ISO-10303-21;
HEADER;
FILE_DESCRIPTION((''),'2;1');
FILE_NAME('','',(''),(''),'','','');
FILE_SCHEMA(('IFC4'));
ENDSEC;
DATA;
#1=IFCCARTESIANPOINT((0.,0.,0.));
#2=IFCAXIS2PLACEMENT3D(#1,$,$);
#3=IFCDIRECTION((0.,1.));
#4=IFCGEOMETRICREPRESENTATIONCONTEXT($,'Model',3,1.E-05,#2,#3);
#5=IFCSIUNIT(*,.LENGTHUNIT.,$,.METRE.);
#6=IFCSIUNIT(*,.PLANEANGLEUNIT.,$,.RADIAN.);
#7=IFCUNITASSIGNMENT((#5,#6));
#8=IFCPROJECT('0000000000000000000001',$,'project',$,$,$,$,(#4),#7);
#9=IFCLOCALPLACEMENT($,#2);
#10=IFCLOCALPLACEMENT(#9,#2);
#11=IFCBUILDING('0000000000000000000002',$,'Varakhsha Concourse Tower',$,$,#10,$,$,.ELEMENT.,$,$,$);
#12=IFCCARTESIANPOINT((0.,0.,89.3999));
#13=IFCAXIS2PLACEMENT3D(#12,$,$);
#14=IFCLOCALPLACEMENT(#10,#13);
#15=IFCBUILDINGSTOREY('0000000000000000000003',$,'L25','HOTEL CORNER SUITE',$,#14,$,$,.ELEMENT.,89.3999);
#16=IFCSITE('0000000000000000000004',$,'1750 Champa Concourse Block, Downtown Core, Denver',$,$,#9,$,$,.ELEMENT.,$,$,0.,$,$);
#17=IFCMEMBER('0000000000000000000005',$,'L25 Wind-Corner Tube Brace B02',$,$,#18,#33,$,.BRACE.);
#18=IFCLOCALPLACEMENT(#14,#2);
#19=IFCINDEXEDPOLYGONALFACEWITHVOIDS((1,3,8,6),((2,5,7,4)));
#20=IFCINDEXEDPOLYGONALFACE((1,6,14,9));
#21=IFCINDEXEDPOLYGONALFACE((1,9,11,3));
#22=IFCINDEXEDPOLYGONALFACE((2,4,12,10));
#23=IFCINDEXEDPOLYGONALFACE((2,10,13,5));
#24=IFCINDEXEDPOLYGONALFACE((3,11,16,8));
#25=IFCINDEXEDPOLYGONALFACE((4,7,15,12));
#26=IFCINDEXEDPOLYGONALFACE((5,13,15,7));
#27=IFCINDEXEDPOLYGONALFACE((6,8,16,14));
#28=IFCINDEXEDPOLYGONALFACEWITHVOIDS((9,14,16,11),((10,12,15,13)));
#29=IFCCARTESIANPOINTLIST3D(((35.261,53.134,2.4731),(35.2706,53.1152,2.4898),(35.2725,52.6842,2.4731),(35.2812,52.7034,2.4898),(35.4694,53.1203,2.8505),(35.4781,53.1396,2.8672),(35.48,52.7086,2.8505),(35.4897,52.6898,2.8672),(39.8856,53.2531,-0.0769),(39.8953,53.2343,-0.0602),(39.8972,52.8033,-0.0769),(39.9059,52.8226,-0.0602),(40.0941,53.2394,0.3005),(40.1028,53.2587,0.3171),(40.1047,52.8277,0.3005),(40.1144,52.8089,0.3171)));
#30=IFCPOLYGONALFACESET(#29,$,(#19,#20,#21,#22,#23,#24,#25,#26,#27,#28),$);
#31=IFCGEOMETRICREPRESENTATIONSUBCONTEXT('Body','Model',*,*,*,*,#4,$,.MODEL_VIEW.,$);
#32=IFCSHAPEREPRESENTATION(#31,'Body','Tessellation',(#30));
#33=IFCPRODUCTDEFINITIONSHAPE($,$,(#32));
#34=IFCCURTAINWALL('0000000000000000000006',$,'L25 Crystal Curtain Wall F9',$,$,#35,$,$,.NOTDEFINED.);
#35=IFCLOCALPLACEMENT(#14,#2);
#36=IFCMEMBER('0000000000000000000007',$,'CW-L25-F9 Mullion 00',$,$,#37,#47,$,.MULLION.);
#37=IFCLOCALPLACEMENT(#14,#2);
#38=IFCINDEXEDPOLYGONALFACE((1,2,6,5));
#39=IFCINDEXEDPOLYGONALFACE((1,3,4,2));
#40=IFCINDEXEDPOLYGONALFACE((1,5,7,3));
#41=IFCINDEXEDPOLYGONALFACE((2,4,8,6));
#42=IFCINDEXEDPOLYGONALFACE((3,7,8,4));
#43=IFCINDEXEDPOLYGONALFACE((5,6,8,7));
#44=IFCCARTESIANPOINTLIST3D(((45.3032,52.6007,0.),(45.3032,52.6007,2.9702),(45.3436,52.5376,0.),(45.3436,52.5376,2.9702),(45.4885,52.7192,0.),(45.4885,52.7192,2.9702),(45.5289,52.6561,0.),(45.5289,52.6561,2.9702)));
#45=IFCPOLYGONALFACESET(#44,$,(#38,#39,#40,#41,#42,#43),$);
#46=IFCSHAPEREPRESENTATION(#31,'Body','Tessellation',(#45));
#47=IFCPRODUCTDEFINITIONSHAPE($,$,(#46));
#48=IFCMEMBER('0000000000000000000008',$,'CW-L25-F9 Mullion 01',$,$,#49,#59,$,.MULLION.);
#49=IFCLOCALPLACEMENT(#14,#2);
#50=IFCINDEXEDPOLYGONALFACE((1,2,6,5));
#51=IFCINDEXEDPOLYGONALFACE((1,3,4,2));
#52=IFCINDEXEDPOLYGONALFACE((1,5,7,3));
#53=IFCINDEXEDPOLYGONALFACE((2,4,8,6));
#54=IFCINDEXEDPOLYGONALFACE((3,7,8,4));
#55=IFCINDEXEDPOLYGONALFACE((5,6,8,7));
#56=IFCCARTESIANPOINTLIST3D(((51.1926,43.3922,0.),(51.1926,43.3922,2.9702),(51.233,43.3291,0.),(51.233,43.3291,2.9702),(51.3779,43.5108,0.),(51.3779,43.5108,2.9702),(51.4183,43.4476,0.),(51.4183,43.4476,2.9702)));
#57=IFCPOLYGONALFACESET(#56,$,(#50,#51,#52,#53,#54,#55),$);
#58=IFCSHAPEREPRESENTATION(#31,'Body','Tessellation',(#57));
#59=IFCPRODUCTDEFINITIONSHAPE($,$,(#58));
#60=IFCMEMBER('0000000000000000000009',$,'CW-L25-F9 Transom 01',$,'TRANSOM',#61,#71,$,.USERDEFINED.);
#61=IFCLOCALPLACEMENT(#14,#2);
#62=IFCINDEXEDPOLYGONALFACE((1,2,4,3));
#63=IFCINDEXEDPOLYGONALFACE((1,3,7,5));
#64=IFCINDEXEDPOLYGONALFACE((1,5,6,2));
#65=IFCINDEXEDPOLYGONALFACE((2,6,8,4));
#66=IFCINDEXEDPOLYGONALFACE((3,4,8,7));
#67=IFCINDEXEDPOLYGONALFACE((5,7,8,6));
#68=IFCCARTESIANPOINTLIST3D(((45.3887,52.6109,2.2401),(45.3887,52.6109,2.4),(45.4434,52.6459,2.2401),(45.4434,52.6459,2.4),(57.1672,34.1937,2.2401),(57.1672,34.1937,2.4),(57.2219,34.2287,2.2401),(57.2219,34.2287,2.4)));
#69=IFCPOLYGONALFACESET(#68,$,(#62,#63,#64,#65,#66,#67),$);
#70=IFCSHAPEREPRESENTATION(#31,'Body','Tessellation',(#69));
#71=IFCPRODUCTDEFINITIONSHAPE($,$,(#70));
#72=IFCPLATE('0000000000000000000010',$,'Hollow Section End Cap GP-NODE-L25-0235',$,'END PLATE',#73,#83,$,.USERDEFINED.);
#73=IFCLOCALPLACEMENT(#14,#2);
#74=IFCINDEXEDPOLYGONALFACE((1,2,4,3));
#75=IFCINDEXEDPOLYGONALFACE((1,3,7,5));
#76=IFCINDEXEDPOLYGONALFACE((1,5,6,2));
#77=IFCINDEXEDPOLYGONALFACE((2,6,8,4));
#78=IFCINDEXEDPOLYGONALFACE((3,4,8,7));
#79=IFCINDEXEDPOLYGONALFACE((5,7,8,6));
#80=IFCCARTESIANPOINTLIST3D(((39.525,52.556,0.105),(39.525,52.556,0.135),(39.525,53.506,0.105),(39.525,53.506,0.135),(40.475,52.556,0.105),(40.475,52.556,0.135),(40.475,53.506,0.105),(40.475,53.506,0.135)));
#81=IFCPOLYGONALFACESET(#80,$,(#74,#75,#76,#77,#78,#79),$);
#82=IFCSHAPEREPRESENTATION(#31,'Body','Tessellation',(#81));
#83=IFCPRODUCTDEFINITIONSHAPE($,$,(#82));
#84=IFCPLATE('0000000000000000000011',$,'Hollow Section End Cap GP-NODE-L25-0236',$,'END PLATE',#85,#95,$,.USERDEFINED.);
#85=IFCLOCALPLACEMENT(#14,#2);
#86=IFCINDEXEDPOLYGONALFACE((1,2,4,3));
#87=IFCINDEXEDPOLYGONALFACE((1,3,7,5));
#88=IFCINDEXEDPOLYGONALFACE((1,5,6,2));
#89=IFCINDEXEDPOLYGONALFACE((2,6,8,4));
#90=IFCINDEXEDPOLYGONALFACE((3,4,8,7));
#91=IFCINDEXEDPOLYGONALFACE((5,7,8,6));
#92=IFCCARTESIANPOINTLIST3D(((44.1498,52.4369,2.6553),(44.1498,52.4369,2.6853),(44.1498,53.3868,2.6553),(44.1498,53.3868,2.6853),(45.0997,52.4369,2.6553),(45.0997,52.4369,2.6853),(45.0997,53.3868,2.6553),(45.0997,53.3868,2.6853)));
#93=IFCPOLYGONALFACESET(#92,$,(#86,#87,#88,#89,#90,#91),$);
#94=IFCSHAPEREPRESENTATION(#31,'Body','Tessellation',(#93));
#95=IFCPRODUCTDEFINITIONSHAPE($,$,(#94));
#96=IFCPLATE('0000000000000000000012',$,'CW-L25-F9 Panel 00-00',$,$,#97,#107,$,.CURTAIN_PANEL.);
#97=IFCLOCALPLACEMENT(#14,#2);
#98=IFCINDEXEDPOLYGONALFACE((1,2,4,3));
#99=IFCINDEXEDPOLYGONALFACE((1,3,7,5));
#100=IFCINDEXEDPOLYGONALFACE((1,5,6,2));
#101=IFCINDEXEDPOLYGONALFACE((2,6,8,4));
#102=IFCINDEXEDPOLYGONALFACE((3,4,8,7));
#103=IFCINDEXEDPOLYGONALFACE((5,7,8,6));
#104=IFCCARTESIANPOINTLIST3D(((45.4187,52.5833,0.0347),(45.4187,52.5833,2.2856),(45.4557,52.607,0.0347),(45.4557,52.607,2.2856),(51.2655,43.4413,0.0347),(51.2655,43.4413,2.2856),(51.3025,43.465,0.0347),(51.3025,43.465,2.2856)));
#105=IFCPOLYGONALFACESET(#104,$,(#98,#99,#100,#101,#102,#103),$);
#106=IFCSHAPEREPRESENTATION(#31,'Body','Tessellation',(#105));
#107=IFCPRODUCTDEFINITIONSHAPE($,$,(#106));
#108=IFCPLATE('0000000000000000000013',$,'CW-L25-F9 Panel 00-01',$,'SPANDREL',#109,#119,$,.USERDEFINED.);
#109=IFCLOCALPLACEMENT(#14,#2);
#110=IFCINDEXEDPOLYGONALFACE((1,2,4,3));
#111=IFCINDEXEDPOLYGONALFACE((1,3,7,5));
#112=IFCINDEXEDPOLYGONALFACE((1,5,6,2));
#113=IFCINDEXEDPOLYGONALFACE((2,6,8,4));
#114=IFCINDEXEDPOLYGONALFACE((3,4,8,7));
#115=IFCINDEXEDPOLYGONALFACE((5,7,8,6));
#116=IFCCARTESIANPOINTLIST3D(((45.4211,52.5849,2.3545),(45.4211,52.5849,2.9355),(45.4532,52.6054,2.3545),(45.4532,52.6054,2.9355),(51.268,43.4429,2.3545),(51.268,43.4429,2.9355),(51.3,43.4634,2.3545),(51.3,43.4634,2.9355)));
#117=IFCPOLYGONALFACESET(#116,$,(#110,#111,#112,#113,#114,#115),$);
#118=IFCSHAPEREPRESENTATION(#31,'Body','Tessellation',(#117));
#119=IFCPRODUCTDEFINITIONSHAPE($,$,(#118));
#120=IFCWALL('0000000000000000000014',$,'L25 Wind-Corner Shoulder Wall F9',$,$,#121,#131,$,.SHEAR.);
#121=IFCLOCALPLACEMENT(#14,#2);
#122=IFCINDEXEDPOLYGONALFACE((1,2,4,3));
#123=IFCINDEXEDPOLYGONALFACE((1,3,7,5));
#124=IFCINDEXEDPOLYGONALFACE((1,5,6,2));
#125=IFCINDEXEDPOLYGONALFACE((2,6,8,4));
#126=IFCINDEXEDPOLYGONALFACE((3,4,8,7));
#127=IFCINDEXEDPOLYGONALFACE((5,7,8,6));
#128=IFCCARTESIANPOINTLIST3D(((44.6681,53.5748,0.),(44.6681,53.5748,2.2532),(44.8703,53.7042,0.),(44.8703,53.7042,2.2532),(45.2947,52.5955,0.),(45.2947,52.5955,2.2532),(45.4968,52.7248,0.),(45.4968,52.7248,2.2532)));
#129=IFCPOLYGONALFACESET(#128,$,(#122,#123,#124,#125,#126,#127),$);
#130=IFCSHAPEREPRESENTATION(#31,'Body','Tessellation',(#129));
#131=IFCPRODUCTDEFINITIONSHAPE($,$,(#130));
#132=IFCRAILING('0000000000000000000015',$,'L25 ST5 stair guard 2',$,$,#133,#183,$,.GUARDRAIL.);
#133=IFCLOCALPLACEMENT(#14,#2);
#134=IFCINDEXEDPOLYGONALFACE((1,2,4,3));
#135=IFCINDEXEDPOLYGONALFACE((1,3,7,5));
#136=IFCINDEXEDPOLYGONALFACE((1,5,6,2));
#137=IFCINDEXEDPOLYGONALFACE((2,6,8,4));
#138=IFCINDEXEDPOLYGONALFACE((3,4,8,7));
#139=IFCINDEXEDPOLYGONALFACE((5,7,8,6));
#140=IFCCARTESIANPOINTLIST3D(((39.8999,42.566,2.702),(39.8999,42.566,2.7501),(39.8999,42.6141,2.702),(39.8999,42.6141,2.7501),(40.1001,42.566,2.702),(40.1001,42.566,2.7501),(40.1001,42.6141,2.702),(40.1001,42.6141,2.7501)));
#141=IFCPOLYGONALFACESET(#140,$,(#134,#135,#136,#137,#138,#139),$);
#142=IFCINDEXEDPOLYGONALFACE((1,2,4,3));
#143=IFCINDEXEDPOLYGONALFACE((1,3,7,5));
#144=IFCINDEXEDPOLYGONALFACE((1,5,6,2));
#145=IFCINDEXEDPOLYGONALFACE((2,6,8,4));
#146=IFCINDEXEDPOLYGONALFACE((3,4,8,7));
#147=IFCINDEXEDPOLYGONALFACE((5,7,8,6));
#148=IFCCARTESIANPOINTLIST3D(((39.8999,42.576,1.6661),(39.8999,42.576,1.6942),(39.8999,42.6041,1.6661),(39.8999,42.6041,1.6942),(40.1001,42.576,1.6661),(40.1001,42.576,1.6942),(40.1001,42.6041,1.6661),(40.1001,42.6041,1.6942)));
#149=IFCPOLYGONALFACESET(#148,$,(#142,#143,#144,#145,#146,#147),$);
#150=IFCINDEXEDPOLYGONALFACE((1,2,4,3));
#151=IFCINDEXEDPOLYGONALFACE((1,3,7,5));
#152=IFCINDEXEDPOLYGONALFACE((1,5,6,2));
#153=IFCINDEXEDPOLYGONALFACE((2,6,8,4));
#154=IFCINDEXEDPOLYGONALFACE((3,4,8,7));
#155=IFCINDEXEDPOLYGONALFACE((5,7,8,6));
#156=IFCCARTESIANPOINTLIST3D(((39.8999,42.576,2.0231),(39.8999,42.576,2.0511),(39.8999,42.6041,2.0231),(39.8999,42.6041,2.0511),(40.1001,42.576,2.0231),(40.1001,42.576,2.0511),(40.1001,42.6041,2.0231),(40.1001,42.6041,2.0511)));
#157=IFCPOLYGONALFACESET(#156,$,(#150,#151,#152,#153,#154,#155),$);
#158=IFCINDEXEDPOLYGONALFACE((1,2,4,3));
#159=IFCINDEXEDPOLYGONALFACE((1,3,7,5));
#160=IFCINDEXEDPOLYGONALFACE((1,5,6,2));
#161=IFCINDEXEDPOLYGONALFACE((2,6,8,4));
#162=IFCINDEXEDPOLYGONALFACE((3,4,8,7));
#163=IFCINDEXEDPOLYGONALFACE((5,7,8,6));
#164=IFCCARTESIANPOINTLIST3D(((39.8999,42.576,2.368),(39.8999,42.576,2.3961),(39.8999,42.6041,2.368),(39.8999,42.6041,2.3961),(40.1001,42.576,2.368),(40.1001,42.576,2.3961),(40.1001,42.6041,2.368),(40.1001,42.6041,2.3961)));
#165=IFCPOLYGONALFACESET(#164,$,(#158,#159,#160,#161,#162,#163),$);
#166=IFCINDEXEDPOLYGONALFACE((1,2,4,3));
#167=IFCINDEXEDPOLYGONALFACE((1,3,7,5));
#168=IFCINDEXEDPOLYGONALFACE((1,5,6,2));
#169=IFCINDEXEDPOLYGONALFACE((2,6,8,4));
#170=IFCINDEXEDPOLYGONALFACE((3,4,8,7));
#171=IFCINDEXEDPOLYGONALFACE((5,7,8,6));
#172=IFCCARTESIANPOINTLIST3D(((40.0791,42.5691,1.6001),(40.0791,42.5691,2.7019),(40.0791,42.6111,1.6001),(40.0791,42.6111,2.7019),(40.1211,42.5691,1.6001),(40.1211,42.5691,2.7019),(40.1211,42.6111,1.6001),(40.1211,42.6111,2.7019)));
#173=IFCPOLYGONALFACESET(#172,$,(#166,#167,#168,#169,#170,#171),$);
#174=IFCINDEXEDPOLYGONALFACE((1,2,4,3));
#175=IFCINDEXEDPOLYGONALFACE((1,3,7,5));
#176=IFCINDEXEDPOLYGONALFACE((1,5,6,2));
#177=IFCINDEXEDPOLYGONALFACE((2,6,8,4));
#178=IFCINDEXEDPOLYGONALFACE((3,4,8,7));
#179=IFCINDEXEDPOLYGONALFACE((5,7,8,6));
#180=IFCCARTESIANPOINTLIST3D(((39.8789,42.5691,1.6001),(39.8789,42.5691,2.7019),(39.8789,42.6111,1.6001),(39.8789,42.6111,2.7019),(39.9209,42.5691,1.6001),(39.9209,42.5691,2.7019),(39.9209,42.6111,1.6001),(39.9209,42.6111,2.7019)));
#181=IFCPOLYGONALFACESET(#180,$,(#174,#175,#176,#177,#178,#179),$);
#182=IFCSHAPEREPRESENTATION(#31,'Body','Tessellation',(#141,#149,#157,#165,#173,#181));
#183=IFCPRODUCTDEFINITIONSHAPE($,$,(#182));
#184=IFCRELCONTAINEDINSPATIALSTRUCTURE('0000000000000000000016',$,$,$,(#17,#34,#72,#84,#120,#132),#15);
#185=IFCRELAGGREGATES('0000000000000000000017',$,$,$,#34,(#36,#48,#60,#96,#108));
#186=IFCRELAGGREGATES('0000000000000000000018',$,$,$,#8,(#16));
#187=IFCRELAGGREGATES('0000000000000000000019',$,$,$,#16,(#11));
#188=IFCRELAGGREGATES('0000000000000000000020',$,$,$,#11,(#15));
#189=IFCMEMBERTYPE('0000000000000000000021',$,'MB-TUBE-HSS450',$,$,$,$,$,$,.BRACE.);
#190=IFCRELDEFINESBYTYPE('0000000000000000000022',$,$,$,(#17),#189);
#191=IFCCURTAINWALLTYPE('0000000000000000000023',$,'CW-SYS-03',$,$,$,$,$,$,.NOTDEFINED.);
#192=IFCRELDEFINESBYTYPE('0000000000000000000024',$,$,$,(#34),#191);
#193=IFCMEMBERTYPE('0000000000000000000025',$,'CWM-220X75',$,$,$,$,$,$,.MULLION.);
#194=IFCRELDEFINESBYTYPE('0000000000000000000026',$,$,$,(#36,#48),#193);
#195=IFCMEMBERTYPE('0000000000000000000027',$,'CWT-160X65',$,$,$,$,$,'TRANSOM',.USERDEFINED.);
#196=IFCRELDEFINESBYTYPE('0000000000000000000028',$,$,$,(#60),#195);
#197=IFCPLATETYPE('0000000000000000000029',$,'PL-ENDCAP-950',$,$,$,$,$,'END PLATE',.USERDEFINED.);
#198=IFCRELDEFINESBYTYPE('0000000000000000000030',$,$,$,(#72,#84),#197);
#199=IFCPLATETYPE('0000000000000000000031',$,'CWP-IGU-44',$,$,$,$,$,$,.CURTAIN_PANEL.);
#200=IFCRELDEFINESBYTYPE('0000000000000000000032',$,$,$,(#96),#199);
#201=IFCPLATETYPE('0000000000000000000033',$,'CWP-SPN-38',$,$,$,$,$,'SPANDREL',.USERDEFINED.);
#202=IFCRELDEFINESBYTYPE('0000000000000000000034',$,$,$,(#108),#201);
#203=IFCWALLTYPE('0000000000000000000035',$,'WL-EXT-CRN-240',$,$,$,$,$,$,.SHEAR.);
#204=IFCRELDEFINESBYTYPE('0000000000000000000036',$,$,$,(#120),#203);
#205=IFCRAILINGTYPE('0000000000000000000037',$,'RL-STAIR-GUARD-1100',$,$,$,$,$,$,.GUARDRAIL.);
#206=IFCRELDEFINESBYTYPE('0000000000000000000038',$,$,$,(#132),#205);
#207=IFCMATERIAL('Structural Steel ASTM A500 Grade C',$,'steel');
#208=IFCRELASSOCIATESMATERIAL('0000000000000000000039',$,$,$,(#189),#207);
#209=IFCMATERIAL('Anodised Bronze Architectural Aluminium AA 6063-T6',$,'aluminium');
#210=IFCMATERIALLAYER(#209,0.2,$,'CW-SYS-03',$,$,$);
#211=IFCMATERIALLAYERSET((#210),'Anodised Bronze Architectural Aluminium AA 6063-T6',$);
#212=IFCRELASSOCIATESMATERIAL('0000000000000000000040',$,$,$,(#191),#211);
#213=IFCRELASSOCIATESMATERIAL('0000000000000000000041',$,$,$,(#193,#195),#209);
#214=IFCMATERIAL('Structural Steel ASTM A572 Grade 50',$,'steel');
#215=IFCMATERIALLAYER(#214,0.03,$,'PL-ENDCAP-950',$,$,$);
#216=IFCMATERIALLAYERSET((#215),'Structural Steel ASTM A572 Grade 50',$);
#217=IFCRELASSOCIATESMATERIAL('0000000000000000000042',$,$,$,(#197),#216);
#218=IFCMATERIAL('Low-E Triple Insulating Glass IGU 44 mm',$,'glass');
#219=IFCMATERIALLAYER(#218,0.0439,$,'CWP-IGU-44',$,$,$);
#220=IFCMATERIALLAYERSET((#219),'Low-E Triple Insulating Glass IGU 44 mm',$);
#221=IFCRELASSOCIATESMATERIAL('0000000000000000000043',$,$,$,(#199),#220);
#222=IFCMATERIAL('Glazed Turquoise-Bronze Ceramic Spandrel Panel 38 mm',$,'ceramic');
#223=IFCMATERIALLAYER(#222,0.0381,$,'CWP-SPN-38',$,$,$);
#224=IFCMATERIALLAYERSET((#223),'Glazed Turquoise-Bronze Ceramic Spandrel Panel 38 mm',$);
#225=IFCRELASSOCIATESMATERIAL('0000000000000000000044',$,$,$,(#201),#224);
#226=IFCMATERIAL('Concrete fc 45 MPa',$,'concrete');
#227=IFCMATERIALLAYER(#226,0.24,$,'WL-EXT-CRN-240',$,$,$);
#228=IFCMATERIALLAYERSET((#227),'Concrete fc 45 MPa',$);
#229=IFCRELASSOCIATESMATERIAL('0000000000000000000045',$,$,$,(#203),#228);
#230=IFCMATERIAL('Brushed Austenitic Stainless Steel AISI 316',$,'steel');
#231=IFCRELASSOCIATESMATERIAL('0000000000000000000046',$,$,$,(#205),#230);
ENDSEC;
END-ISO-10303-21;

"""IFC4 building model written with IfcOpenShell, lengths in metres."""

from ifc_helpers import new_model, si_unit, direction, frame, frame_2d, origin, origin_2d, place, context, subcontext, project, spatial, rectangle, hollow_rectangle, extrude, source, transform, mapped, material, layer, layer_set, material_profile, profile_set, type_object, type_shapes, element, aggregate, save


model = new_model("IFC4")

# Units and contexts
model_context = context("Model", 3, precision=1e-05, world=origin(), true_north=direction((0.0, 1.0)))
body_context = subcontext(model_context, "Body", "Model", "MODEL_VIEW")
ifc_project = project(units=[si_unit("LENGTHUNIT", "METRE"), si_unit("PLANEANGLEUNIT", "RADIAN")], contexts=[model_context])

# Site, building, storey
site_placement = place(None, origin())
site = spatial("IfcSite", under=ifc_project, at=site_placement, Name="1750 Champa Concourse Block, Downtown Core, Denver", CompositionType="ELEMENT", RefElevation=0.0)
building_placement = place(site_placement, origin())
building = spatial("IfcBuilding", under=site, at=building_placement, Name="Varakhsha Concourse Tower", CompositionType="ELEMENT")
storey_placement = place(building_placement, frame((0.0, 0.0, 89.3999)))
storey = spatial("IfcBuildingStorey", under=building, at=storey_placement, Name="L25", Description="HOTEL CORNER SUITE", CompositionType="ELEMENT", Elevation=89.3999)

# Shared definitions
ifc_material_1 = material(Name="Structural Steel ASTM A572 Grade 50", Category="steel")

# Member
ifc_material_2 = material(Name="Structural Steel ASTM A500 Grade C", Category="steel")
ifc_material_profile_1 = material_profile(ifc_material_2, hollow_rectangle(XDim=0.45, YDim=0.45, WallThickness=0.019, at=origin_2d()), Name="HSS 450x450x19")
ifc_profile_set_1 = profile_set([ifc_material_profile_1], Name="Structural Steel ASTM A500 Grade C")
member_type_1 = type_object("IfcMemberType", Name="MB-TUBE-HSS450", PredefinedType="BRACE", material=ifc_profile_set_1)
shared_shape_1 = source(origin(), body_context, "Body", "SweptSolid", [
    extrude(hollow_rectangle(XDim=0.45, YDim=0.45, WallThickness=0.019, at=origin_2d()), origin(), (0.0, 0.0, 1.0), 5.2825),
])
type_shapes(member_type_1, [shared_shape_1])
for number, where, z_axis, x_axis, name in (
    (1, (40.0, 53.031, 0.1201), (-0.875478, -0.022554, 0.482731), (0.025753, -0.999668, 0.0), "L25 Wind-Corner Tube Brace B02"),
):
    element("IfcMember", number, at=place(storey_placement, frame(where, z_axis=z_axis, x_axis=x_axis)), inside=storey, type_object=member_type_1, Name=name, PredefinedType="BRACE", context=body_context, shape_type="MappedRepresentation", body=[
        mapped(shared_shape_1, transform((0.0, 0.0, 0.0), scale=1.0)),
    ])

# Curtain wall, members
ifc_material_3 = material(Name="Anodised Bronze Architectural Aluminium AA 6063-T6", Category="aluminium")
ifc_layer_1 = layer(ifc_material_3, 0.2, Name="CW-SYS-03")
ifc_layer_set_1 = layer_set([ifc_layer_1], Name="Anodised Bronze Architectural Aluminium AA 6063-T6")
curtain_wall_type = type_object("IfcCurtainWallType", Name="CW-SYS-03", PredefinedType="NOTDEFINED", material=ifc_layer_set_1)
curtain_wall_placement = place(storey_placement, origin())
curtain_wall = element("IfcCurtainWall", 2, at=curtain_wall_placement, inside=storey, type_object=curtain_wall_type, Name="L25 Crystal Curtain Wall F9", PredefinedType="NOTDEFINED")
ifc_material_profile_2 = material_profile(ifc_material_3, rectangle(XDim=0.075, YDim=0.22, at=origin_2d()), Name="CWM-220X75")
ifc_profile_set_2 = profile_set([ifc_material_profile_2], Name="Anodised Bronze Architectural Aluminium AA 6063-T6")
member_type_2 = type_object("IfcMemberType", Name="CWM-220X75", PredefinedType="MULLION", material=ifc_profile_set_2)
shared_shape_2 = source(origin(), body_context, "Body", "SweptSolid", [
    extrude(rectangle(XDim=0.075, YDim=0.22, at=origin_2d()), origin(), (0.0, 0.0, 1.0), 2.9702),
])
type_shapes(member_type_2, [shared_shape_2])
member_1_placement = place(storey_placement, frame((45.416, 52.6284, 0.0), z_axis=(0.0, 0.0, 1.0), x_axis=(0.538787, -0.842442, 0.0)))
member_1 = element("IfcMember", 3, at=member_1_placement, type_object=member_type_2, Name="CW-L25-F9 Mullion 00", PredefinedType="MULLION", context=body_context, shape_type="MappedRepresentation", body=[
    mapped(shared_shape_2, transform((0.0, 0.0, 0.0), scale=1.0)),
])
member_2_placement = place(storey_placement, frame((51.3054, 43.4199, 0.0), z_axis=(0.0, 0.0, 1.0), x_axis=(0.538787, -0.842442, 0.0)))
member_2 = element("IfcMember", 4, at=member_2_placement, type_object=member_type_2, Name="CW-L25-F9 Mullion 01", PredefinedType="MULLION", context=body_context, shape_type="MappedRepresentation", body=[
    mapped(shared_shape_2, transform((0.0, 0.0, 0.0), scale=1.0)),
])
ifc_material_profile_3 = material_profile(ifc_material_3, rectangle(XDim=0.0649, YDim=0.1599, at=origin_2d()), Name="CWT-160X65")
ifc_profile_set_3 = profile_set([ifc_material_profile_3], Name="Anodised Bronze Architectural Aluminium AA 6063-T6")
member_type_3 = type_object("IfcMemberType", Name="CWT-160X65", ElementType="TRANSOM", PredefinedType="USERDEFINED", material=ifc_profile_set_3)
shared_shape_3 = source(origin(), body_context, "Body", "SweptSolid", [
    extrude(rectangle(XDim=0.0649, YDim=0.1599, at=origin_2d()), origin(), (0.0, 0.0, 1.0), 21.8616),
])
type_shapes(member_type_3, [shared_shape_3])
member_3_placement = place(storey_placement, frame((45.416, 52.6284, 2.3201), z_axis=(0.538779, -0.842447, 0.0), x_axis=(0.842447, 0.538779, 0.0)))
member_3 = element("IfcMember", 5, at=member_3_placement, type_object=member_type_3, Name="CW-L25-F9 Transom 01", ObjectType="TRANSOM", PredefinedType="USERDEFINED", context=body_context, shape_type="MappedRepresentation", body=[
    mapped(shared_shape_3, transform((0.0, 0.0, 0.0), scale=1.0)),
])

# Plates
ifc_layer_2 = layer(ifc_material_1, 0.03, Name="PL-ENDCAP-950")
ifc_layer_set_2 = layer_set([ifc_layer_2], Name="Structural Steel ASTM A572 Grade 50")
plate_type_1 = type_object("IfcPlateType", Name="PL-ENDCAP-950", ElementType="END PLATE", PredefinedType="USERDEFINED", material=ifc_layer_set_2)
shared_shape_4 = source(origin(), body_context, "Body", "SweptSolid", [
    extrude(rectangle(XDim=0.95, YDim=0.95, at=origin_2d()), origin(), (0.0, 0.0, 1.0), 0.03),
])
type_shapes(plate_type_1, [shared_shape_4])
for number, where, z_axis, x_axis, name in (
    (6, (40.0, 53.031, 0.105), (0.0, 0.0, 1.0), (1.0, 0.0, 0.0), "Hollow Section End Cap GP-NODE-L25-0235"),
    (7, (44.6248, 52.9119, 2.6553), (0.0, 0.0, 1.0), (1.0, 0.0, 0.0), "Hollow Section End Cap GP-NODE-L25-0236"),
):
    element("IfcPlate", number, at=place(storey_placement, frame(where, z_axis=z_axis, x_axis=x_axis)), inside=storey, type_object=plate_type_1, Name=name, ObjectType="END PLATE", PredefinedType="USERDEFINED", context=body_context, shape_type="MappedRepresentation", body=[
        mapped(shared_shape_4, transform((0.0, 0.0, 0.0), scale=1.0)),
    ])

# Plates
ifc_material_4 = material(Name="Low-E Triple Insulating Glass IGU 44 mm", Category="glass")
ifc_layer_3 = layer(ifc_material_4, 0.0439, Name="CWP-IGU-44")
ifc_layer_set_3 = layer_set([ifc_layer_3], Name="Low-E Triple Insulating Glass IGU 44 mm")
plate_type_2 = type_object("IfcPlateType", Name="CWP-IGU-44", PredefinedType="CURTAIN_PANEL", material=ifc_layer_set_3)
shared_shape_5 = source(origin(), body_context, "Body", "SweptSolid", [
    extrude(rectangle(XDim=10.8518, YDim=0.0439, at=origin_2d()), origin(), (0.0, 0.0, 1.0), 2.251),
])
type_shapes(plate_type_2, [shared_shape_5])
plate_1_placement = place(storey_placement, frame((48.3606, 48.0242, 0.0347), z_axis=(0.0, 0.0, 1.0), x_axis=(0.538787, -0.842442, 0.0)))
plate_1 = element("IfcPlate", 8, at=plate_1_placement, type_object=plate_type_2, Name="CW-L25-F9 Panel 00-00", PredefinedType="CURTAIN_PANEL", context=body_context, shape_type="MappedRepresentation", body=[
    mapped(shared_shape_5, transform((0.0, 0.0, 0.0), scale=1.0)),
])
ifc_material_5 = material(Name="Glazed Turquoise-Bronze Ceramic Spandrel Panel 38 mm", Category="ceramic")
ifc_layer_4 = layer(ifc_material_5, 0.0381, Name="CWP-SPN-38")
ifc_layer_set_4 = layer_set([ifc_layer_4], Name="Glazed Turquoise-Bronze Ceramic Spandrel Panel 38 mm")
plate_type_3 = type_object("IfcPlateType", Name="CWP-SPN-38", ElementType="SPANDREL", PredefinedType="USERDEFINED", material=ifc_layer_set_4)
shared_shape_6 = source(origin(), body_context, "Body", "SweptSolid", [
    extrude(rectangle(XDim=10.8518, YDim=0.0381, at=origin_2d()), origin(), (0.0, 0.0, 1.0), 0.5811),
])
type_shapes(plate_type_3, [shared_shape_6])
plate_2_placement = place(storey_placement, frame((48.3606, 48.0242, 2.3545), z_axis=(0.0, 0.0, 1.0), x_axis=(0.538787, -0.842442, 0.0)))
plate_2 = element("IfcPlate", 9, at=plate_2_placement, type_object=plate_type_3, Name="CW-L25-F9 Panel 00-01", ObjectType="SPANDREL", PredefinedType="USERDEFINED", context=body_context, shape_type="MappedRepresentation", body=[
    mapped(shared_shape_6, transform((0.0, 0.0, 0.0), scale=1.0)),
])
aggregate(curtain_wall, [member_1, member_2, member_3, plate_1, plate_2])

# Wall
ifc_material_6 = material(Name="Concrete fc 45 MPa", Category="concrete")
ifc_layer_5 = layer(ifc_material_6, 0.24, Name="WL-EXT-CRN-240")
ifc_layer_set_5 = layer_set([ifc_layer_5], Name="Concrete fc 45 MPa")
wall_type = type_object("IfcWallType", Name="WL-EXT-CRN-240", PredefinedType="SHEAR", material=ifc_layer_set_5)
wall_placement = place(storey_placement, frame((45.3958, 52.6602, 0.0), z_axis=(0.0, 0.0, 1.0), x_axis=(-0.538899, 0.842371, 0.0)))
element("IfcWall", 10, at=wall_placement, inside=storey, type_object=wall_type, Name="L25 Wind-Corner Shoulder Wall F9", PredefinedType="SHEAR", context=body_context, shape_type="SweptSolid", body=[
    extrude(rectangle(XDim=1.1626, YDim=0.24, at=frame_2d((0.5813, 0.0))), origin(), (0.0, 0.0, 1.0), 2.2532),
])

# Railing
ifc_material_7 = material(Name="Brushed Austenitic Stainless Steel AISI 316", Category="steel")
railing_type = type_object("IfcRailingType", Name="RL-STAIR-GUARD-1100", PredefinedType="GUARDRAIL", material=ifc_material_7)
railing_placement = place(storey_placement, frame((40.1001, 42.5901, 1.6001)))
element("IfcRailing", 11, at=railing_placement, inside=storey, type_object=railing_type, Name="L25 ST5 stair guard 2", PredefinedType="GUARDRAIL", context=body_context, shape_type="SweptSolid", body=[
    extrude(rectangle(XDim=0.0481, YDim=0.0481, at=origin_2d()), frame((0.0, 0.0, 1.126), z_axis=(-1.0, 0.0, 0.0), x_axis=(0.0, -1.0, 0.0)), (0.0, 0.0, 1.0), 0.2002),
    extrude(rectangle(XDim=0.0281, YDim=0.0281, at=origin_2d()), frame((0.0, 0.0, 0.0801), z_axis=(-1.0, 0.0, 0.0), x_axis=(0.0, -1.0, 0.0)), (0.0, 0.0, 1.0), 0.2002),
    extrude(rectangle(XDim=0.0281, YDim=0.0281, at=origin_2d()), frame((0.0, 0.0, 0.437), z_axis=(-1.0, 0.0, 0.0), x_axis=(0.0, -1.0, 0.0)), (0.0, 0.0, 1.0), 0.2002),
    extrude(rectangle(XDim=0.0281, YDim=0.0281, at=origin_2d()), frame((0.0, 0.0, 0.782), z_axis=(-1.0, 0.0, 0.0), x_axis=(0.0, -1.0, 0.0)), (0.0, 0.0, 1.0), 0.2002),
    extrude(rectangle(XDim=0.042, YDim=0.042, at=origin_2d()), origin(), (0.0, 0.0, 1.0), 1.1018),
    extrude(rectangle(XDim=0.042, YDim=0.042, at=origin_2d()), frame((-0.2002, 0.0, 0.0)), (0.0, 0.0, 1.0), 1.1018),
])

save(model, "model.ifc")
